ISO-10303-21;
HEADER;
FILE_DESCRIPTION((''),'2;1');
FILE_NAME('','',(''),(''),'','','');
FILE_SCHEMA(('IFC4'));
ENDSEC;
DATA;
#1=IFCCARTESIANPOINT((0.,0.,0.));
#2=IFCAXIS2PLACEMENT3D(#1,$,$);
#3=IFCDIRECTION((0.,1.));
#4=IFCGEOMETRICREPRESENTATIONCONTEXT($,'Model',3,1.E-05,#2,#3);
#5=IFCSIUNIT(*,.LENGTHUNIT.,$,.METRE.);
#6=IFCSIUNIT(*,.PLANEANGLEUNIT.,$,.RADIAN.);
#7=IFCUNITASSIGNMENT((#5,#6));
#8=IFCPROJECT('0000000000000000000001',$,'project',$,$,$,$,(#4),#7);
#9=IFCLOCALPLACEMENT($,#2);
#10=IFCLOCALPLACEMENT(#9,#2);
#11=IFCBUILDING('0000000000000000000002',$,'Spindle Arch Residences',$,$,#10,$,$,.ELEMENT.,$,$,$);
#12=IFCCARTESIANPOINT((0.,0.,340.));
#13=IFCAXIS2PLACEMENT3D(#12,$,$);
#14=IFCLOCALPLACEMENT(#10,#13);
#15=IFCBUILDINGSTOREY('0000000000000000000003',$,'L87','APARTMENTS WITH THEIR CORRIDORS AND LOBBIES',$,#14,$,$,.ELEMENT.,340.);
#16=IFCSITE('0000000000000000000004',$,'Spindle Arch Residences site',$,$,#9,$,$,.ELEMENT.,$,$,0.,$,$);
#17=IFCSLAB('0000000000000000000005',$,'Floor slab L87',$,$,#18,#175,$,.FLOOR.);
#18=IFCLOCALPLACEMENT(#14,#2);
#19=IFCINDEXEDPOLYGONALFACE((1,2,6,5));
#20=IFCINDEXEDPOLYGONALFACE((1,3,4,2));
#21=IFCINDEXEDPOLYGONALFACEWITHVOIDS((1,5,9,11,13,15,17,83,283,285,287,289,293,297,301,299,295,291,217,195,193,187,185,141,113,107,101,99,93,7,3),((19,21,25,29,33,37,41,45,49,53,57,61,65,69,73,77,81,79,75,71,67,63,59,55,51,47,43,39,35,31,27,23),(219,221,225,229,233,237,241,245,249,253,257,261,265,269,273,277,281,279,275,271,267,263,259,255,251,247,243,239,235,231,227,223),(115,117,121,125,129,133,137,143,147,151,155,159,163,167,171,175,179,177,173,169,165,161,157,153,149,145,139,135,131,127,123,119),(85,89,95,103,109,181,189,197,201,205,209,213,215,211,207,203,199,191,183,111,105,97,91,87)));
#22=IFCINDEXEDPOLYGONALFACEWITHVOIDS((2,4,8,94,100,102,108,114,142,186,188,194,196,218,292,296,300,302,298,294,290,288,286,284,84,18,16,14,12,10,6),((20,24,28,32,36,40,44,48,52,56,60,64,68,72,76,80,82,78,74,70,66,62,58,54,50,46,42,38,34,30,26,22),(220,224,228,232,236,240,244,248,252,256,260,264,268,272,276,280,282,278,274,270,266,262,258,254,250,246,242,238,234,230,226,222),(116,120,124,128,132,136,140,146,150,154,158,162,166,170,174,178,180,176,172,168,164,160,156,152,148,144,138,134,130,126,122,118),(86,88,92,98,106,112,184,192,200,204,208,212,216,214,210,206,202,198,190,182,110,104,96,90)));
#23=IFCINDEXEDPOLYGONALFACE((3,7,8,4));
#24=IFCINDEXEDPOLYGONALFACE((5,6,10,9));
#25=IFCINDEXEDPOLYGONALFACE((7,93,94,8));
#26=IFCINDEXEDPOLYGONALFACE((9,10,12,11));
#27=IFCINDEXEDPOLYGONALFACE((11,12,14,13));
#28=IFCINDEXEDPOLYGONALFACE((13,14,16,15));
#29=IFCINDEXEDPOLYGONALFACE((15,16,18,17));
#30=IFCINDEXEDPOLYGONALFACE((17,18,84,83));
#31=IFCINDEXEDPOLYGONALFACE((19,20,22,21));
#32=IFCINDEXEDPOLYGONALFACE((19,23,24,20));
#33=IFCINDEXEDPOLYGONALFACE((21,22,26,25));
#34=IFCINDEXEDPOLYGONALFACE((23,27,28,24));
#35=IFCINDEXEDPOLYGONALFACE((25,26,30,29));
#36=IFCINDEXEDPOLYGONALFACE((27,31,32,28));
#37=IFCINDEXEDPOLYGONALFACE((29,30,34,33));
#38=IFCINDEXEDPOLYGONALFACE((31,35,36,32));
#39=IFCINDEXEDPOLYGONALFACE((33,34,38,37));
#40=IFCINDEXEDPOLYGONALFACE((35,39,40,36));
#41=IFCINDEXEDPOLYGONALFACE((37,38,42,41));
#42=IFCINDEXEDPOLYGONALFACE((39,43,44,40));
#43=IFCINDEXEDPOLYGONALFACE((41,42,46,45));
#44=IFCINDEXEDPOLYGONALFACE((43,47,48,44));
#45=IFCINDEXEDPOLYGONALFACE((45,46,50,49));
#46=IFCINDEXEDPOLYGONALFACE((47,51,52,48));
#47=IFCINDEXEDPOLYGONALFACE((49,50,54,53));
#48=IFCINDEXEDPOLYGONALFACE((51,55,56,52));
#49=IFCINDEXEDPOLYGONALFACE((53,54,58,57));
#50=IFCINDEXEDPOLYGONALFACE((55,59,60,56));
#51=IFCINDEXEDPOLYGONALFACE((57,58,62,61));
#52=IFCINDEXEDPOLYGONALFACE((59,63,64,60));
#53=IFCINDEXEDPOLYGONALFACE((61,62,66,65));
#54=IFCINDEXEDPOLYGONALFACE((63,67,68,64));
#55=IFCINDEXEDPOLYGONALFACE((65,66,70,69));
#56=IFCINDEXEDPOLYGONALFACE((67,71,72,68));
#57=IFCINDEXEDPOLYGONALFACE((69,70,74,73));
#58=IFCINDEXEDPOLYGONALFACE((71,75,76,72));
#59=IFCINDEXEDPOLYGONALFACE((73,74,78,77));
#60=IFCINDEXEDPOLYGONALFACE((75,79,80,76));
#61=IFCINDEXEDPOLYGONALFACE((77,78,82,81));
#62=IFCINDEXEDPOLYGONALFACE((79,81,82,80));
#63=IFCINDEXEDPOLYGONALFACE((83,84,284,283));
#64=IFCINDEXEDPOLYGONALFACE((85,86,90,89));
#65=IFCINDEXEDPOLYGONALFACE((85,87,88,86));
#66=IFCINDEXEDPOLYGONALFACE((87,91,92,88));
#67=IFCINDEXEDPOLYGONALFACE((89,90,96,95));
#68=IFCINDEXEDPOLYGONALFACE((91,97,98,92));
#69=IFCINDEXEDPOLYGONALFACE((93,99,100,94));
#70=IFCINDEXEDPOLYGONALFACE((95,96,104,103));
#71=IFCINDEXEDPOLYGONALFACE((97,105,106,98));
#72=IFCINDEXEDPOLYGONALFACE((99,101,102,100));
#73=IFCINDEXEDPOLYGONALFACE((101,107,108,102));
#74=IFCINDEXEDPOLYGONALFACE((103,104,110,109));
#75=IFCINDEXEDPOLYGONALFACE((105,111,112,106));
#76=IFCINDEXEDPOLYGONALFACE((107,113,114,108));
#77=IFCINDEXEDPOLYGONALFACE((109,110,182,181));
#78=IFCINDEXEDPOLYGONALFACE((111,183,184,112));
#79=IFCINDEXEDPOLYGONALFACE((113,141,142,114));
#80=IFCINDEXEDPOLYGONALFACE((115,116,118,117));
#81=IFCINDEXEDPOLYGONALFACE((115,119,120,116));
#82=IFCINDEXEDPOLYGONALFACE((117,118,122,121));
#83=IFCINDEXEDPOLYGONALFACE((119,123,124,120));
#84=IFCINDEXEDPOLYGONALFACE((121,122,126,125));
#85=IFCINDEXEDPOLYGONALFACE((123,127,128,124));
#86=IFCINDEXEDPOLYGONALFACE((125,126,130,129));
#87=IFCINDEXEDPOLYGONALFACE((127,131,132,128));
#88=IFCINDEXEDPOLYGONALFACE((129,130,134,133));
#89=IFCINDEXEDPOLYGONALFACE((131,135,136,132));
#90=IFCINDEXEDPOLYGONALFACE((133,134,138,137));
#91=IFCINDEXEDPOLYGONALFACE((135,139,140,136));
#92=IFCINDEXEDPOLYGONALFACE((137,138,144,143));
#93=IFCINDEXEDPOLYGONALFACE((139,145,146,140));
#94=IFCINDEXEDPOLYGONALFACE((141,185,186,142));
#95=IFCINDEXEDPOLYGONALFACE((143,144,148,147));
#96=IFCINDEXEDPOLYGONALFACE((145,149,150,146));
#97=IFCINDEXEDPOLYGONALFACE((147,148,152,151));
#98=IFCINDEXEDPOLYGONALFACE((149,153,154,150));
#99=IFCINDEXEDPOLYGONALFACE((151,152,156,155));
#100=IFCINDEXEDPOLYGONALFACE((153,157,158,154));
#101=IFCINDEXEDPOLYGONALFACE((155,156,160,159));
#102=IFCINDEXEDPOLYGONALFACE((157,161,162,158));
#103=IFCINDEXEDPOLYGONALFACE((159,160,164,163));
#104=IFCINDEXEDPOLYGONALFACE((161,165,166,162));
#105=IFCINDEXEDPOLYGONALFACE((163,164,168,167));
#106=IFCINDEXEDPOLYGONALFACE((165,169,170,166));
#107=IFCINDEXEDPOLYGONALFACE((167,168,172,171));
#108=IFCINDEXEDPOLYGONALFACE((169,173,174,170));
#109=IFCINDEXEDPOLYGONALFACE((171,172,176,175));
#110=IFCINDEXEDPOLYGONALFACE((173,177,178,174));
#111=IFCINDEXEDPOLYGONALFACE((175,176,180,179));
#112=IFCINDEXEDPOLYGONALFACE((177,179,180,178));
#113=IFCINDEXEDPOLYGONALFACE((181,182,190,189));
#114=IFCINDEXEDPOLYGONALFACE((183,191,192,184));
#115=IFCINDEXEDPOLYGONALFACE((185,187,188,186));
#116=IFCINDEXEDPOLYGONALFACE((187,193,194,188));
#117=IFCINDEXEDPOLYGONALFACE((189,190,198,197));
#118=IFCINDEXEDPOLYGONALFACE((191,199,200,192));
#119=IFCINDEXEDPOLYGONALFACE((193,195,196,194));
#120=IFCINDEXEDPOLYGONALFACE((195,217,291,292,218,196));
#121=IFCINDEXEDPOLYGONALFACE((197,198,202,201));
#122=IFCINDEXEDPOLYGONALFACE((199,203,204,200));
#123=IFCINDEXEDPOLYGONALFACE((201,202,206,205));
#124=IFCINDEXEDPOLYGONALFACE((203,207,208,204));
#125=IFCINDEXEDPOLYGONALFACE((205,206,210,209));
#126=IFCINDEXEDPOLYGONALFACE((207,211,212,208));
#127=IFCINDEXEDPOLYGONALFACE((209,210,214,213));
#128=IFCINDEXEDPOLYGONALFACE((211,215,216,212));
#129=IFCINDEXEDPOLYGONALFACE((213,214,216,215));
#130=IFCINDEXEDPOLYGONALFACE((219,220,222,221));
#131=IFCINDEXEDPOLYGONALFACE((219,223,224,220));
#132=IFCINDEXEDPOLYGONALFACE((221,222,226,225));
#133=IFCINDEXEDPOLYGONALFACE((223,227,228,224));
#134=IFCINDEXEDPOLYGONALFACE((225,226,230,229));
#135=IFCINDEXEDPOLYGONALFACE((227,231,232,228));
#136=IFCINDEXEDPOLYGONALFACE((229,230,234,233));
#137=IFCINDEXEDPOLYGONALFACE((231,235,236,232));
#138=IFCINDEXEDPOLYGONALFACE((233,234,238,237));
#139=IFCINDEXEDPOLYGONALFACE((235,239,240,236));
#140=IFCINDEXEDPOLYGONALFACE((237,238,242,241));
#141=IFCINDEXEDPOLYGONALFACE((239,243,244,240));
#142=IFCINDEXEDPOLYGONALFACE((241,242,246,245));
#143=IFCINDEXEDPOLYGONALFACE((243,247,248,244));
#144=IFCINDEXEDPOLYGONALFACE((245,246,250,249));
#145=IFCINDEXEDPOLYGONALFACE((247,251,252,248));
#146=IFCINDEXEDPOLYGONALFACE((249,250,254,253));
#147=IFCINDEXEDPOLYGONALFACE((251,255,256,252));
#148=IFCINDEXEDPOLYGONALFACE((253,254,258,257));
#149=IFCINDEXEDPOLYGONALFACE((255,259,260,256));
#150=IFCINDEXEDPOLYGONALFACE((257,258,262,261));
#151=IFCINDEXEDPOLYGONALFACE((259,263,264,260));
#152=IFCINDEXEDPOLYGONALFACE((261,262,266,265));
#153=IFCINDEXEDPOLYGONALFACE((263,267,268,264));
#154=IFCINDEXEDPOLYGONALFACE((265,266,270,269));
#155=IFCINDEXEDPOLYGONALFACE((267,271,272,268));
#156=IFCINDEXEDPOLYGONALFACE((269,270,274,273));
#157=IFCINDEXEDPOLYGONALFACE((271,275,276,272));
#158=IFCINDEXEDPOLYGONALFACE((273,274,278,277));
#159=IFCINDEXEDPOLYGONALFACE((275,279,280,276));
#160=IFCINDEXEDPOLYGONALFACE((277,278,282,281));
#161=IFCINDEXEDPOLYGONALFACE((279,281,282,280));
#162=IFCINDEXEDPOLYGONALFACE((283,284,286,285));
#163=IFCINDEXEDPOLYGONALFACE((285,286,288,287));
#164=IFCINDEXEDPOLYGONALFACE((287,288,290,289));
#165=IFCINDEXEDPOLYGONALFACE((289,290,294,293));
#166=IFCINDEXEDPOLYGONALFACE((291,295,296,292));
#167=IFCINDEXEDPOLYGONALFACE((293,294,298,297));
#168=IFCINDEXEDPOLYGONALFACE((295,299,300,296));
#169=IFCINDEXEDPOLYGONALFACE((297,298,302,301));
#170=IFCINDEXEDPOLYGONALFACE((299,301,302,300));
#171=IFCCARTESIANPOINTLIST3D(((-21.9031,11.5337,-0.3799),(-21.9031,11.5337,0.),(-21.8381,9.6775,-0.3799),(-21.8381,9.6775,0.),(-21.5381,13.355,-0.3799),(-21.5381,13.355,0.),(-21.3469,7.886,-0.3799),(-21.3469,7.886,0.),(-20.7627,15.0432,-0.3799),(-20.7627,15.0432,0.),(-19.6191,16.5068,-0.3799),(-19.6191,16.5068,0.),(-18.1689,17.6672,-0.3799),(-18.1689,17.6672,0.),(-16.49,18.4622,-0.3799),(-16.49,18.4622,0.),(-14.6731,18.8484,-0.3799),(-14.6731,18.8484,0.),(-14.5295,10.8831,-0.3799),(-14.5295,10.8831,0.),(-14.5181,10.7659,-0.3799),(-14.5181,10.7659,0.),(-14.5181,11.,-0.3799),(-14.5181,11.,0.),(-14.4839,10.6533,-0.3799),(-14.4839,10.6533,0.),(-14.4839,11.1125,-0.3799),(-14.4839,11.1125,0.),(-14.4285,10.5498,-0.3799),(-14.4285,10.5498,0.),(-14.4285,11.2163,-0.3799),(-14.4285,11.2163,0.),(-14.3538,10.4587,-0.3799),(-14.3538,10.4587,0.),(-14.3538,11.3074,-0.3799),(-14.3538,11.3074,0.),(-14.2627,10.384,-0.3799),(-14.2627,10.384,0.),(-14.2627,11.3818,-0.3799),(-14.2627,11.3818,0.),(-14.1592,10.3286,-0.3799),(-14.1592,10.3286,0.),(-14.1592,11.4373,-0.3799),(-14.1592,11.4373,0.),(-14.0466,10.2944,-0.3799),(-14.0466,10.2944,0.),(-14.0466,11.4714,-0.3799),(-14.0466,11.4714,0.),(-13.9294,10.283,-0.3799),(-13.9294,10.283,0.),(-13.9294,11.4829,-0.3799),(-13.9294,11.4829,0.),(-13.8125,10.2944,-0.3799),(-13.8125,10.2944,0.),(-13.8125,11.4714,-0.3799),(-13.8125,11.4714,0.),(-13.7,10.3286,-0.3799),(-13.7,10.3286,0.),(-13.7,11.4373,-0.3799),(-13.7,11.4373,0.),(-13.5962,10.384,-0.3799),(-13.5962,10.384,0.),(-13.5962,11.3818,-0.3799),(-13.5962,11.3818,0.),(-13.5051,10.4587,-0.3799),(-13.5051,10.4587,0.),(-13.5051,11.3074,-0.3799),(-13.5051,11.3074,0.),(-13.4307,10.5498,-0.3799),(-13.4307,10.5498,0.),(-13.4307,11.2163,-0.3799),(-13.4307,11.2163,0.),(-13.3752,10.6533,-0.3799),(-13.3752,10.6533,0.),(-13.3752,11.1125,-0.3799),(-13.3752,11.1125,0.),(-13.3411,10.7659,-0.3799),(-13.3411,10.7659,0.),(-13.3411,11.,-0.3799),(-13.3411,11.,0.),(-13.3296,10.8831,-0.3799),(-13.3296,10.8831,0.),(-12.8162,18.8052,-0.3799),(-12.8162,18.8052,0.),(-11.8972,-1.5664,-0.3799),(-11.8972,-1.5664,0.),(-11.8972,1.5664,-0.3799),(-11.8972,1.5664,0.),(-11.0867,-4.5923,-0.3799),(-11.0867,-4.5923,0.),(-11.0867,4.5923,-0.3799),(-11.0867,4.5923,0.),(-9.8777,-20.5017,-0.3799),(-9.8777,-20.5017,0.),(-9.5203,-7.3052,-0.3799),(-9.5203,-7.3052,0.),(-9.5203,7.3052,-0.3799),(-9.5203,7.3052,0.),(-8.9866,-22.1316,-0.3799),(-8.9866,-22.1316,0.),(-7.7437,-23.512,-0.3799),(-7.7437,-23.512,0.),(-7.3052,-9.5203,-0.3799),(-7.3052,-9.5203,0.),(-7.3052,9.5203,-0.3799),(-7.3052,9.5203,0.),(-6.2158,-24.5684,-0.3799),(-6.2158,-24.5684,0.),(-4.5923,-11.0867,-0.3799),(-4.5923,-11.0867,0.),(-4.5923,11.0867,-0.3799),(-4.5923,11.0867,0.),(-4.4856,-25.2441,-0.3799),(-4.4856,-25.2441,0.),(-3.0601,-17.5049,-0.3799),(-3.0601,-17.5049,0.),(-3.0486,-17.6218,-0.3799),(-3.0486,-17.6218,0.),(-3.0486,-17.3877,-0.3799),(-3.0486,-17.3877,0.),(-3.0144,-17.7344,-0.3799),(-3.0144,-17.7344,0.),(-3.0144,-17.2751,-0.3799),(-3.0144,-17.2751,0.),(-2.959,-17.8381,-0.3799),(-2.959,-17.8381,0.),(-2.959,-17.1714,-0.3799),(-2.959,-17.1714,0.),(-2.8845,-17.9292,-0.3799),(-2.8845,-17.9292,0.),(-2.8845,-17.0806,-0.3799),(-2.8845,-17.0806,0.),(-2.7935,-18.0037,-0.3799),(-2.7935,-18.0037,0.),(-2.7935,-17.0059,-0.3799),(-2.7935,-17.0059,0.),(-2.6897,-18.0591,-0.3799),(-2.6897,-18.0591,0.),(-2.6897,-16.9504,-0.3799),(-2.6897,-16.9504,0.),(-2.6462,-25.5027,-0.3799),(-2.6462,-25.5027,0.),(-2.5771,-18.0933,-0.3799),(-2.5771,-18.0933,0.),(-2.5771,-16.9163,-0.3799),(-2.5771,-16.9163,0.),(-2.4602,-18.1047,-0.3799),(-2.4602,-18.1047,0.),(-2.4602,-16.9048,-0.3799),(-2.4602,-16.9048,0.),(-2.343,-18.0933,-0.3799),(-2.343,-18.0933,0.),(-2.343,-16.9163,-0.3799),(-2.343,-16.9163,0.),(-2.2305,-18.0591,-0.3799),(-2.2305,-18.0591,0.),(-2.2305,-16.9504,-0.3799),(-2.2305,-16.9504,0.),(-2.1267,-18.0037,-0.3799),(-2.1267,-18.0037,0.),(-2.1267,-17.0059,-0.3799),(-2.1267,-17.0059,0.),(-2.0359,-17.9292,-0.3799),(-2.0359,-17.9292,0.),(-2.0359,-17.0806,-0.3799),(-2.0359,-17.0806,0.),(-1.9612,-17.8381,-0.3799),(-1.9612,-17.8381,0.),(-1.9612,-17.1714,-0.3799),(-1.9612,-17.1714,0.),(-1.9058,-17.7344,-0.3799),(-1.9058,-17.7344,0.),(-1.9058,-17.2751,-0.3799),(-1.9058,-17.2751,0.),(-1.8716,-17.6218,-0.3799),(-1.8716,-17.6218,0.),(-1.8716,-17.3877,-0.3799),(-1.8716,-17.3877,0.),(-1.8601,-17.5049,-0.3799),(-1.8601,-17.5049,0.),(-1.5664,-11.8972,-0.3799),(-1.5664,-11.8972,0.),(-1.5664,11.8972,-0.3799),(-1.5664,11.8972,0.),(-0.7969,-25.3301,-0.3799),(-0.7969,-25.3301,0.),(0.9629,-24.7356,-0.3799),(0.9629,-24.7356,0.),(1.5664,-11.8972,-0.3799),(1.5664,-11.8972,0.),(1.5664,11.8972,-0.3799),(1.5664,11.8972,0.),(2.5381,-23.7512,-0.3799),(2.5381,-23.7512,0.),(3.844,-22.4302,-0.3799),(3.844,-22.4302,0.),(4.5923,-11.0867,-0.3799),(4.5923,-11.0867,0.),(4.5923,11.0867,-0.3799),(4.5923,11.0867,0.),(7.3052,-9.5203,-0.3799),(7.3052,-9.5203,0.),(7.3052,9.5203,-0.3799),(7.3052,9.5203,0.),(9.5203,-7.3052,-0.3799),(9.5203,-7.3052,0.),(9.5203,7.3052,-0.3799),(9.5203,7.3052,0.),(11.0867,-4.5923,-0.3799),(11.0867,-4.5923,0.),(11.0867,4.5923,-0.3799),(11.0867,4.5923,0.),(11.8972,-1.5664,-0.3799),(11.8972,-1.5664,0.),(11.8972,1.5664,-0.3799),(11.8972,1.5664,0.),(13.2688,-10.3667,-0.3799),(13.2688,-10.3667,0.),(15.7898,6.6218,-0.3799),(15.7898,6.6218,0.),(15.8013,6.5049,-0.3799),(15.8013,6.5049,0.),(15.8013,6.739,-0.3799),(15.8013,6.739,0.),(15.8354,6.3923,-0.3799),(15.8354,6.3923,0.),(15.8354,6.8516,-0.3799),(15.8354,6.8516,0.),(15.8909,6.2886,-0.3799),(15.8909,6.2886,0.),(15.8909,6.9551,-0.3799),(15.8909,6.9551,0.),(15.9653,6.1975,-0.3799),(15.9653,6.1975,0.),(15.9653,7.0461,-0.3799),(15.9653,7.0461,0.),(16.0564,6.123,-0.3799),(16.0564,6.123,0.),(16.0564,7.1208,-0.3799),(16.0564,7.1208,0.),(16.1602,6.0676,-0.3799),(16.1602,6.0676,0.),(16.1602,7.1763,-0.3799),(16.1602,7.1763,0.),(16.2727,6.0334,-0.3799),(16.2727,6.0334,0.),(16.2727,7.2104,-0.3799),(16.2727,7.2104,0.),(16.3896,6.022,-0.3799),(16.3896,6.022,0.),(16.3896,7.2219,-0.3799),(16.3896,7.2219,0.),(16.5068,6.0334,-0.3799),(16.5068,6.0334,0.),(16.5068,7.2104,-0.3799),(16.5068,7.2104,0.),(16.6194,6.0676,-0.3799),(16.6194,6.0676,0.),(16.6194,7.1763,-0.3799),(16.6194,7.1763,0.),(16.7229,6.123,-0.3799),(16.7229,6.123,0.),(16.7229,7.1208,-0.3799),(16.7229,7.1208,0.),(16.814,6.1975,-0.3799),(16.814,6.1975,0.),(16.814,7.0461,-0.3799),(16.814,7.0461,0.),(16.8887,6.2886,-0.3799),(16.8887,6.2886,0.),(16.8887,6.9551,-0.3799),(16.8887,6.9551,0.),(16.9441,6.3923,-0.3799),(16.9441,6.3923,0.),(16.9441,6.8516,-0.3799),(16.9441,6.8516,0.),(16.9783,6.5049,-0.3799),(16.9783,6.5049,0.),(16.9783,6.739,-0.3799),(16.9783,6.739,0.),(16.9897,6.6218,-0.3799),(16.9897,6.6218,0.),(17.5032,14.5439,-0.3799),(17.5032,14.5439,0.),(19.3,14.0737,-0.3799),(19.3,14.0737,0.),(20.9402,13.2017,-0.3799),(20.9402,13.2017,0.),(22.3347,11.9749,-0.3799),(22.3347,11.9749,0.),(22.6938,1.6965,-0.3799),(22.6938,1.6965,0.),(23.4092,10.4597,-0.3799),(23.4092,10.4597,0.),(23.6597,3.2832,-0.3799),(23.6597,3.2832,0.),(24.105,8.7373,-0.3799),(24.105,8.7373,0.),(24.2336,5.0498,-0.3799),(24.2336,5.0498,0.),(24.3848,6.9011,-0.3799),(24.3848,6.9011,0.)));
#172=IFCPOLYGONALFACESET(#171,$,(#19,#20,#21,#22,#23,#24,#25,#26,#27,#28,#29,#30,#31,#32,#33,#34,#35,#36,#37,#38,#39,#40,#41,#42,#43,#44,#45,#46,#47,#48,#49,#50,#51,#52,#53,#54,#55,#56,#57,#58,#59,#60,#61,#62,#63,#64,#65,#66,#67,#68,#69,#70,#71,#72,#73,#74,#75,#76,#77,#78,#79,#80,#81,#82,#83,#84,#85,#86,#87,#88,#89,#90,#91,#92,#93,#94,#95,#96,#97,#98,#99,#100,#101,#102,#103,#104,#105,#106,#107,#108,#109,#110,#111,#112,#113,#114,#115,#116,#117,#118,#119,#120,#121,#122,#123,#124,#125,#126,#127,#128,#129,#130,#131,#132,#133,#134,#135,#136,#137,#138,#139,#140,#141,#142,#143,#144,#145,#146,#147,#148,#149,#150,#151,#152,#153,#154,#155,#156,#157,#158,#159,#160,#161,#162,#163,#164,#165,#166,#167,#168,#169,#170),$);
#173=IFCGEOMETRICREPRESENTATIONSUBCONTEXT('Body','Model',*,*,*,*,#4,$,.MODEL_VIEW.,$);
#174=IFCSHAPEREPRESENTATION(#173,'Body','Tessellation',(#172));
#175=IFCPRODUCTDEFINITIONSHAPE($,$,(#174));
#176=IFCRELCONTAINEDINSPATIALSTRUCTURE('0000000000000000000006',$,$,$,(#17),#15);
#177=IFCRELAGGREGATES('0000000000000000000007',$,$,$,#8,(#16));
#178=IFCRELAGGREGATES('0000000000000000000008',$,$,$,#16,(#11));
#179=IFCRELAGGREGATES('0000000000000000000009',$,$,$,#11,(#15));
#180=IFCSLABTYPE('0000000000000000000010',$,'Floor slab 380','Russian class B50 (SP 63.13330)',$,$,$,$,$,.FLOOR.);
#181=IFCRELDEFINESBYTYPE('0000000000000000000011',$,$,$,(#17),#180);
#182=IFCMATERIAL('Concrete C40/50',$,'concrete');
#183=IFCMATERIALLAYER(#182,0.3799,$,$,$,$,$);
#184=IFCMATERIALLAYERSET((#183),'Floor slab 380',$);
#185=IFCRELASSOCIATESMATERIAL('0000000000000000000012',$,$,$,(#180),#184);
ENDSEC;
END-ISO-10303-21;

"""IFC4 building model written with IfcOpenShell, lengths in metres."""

from ifc_helpers import new_model, si_unit, direction, frame, origin, place, context, subcontext, project, spatial, polyline, outline, extrude, material, layer, layer_set, type_object, element, save


model = new_model("IFC4")

# Units and contexts
model_context = context("Model", 3, precision=1e-05, world=origin(), true_north=direction((0.0, 1.0)))
body_context = subcontext(model_context, "Body", "Model", "MODEL_VIEW")
ifc_project = project(units=[si_unit("LENGTHUNIT", "METRE"), si_unit("PLANEANGLEUNIT", "RADIAN")], contexts=[model_context])

# Site, building, storey
site_placement = place(None, origin())
site = spatial("IfcSite", under=ifc_project, at=site_placement, Name="Spindle Arch Residences site", CompositionType="ELEMENT", RefElevation=0.0)
building_placement = place(site_placement, origin())
building = spatial("IfcBuilding", under=site, at=building_placement, Name="Spindle Arch Residences", CompositionType="ELEMENT")
storey_placement = place(building_placement, frame((0.0, 0.0, 340.0)))
storey = spatial("IfcBuildingStorey", under=building, at=storey_placement, Name="L87", Description="APARTMENTS WITH THEIR CORRIDORS AND LOBBIES", CompositionType="ELEMENT", Elevation=340.0)

# Slab
ifc_material_1 = material(Name="Concrete C40/50", Category="concrete")
ifc_layer_1 = layer(ifc_material_1, 0.3799)
ifc_layer_set_1 = layer_set([ifc_layer_1], Name="Floor slab 380")
slab_type_1 = type_object("IfcSlabType", Name="Floor slab 380", Description="Russian class B50 (SP 63.13330)", PredefinedType="FLOOR", material=ifc_layer_set_1)
slab_1_placement = place(storey_placement, frame((0.0, 0.0, -0.3799)))
element("IfcSlab", 1, at=slab_1_placement, inside=storey, type_object=slab_type_1, Name="Floor slab L87", PredefinedType="FLOOR", context=body_context, shape_type="SweptSolid", body=[
    extrude(outline(polyline([(2.5381, -23.7512), (0.9629, -24.7356), (-0.7969, -25.3301), (-2.6462, -25.5027), (-4.4856, -25.2441), (-6.2158, -24.5684), (-7.7437, -23.512), (-8.9866, -22.1316), (-9.8777, -20.5017), (-21.3469, 7.886), (-21.8381, 9.6775), (-21.9031, 11.5337), (-21.5381, 13.355), (-20.7627, 15.0432), (-19.6191, 16.5068), (-18.1689, 17.6672), (-16.49, 18.4622), (-14.6731, 18.8484), (-12.8162, 18.8052), (17.5032, 14.5439), (19.3, 14.0737), (20.9402, 13.2017), (22.3347, 11.9749), (23.4092, 10.4597), (24.105, 8.7373), (24.3848, 6.9011), (24.2336, 5.0498), (23.6597, 3.2832), (22.6938, 1.6965), (13.2688, -10.3667), (3.844, -22.4302), (2.5381, -23.7512)]), holes=[polyline([(7.3052, -9.5203), (9.5203, -7.3052), (11.0867, -4.5923), (11.8972, -1.5664), (11.8972, 1.5664), (11.0867, 4.5923), (9.5203, 7.3052), (7.3052, 9.5203), (4.5923, 11.0867), (1.5664, 11.8972), (-1.5664, 11.8972), (-4.5923, 11.0867), (-7.3052, 9.5203), (-9.5203, 7.3052), (-11.0867, 4.5923), (-11.8972, 1.5664), (-11.8972, -1.5664), (-11.0867, -4.5923), (-9.5203, -7.3052), (-7.3052, -9.5203), (-4.5923, -11.0867), (-1.5664, -11.8972), (1.5664, -11.8972), (4.5923, -11.0867), (7.3052, -9.5203)]), polyline([(-1.9612, -17.8381), (-1.9058, -17.7344), (-1.8716, -17.6218), (-1.8601, -17.5049), (-1.8716, -17.3877), (-1.9058, -17.2751), (-1.9612, -17.1714), (-2.0359, -17.0806), (-2.1267, -17.0059), (-2.2305, -16.9504), (-2.343, -16.9163), (-2.4602, -16.9048), (-2.5771, -16.9163), (-2.6897, -16.9504), (-2.7935, -17.0059), (-2.8845, -17.0806), (-2.959, -17.1714), (-3.0144, -17.2751), (-3.0486, -17.3877), (-3.0601, -17.5049), (-3.0486, -17.6218), (-3.0144, -17.7344), (-2.959, -17.8381), (-2.8845, -17.9292), (-2.7935, -18.0037), (-2.6897, -18.0591), (-2.5771, -18.0933), (-2.4602, -18.1047), (-2.343, -18.0933), (-2.2305, -18.0591), (-2.1267, -18.0037), (-2.0359, -17.9292), (-1.9612, -17.8381)]), polyline([(-13.5051, 10.4587), (-13.4307, 10.5498), (-13.3752, 10.6533), (-13.3411, 10.7659), (-13.3296, 10.8831), (-13.3411, 11.0), (-13.3752, 11.1125), (-13.4307, 11.2163), (-13.5051, 11.3074), (-13.5962, 11.3818), (-13.7, 11.4373), (-13.8125, 11.4714), (-13.9294, 11.4829), (-14.0466, 11.4714), (-14.1592, 11.4373), (-14.2627, 11.3818), (-14.3538, 11.3074), (-14.4285, 11.2163), (-14.4839, 11.1125), (-14.5181, 11.0), (-14.5295, 10.8831), (-14.5181, 10.7659), (-14.4839, 10.6533), (-14.4285, 10.5498), (-14.3538, 10.4587), (-14.2627, 10.384), (-14.1592, 10.3286), (-14.0466, 10.2944), (-13.9294, 10.283), (-13.8125, 10.2944), (-13.7, 10.3286), (-13.5962, 10.384), (-13.5051, 10.4587)]), polyline([(16.814, 6.1975), (16.8887, 6.2886), (16.9441, 6.3923), (16.9783, 6.5049), (16.9897, 6.6218), (16.9783, 6.739), (16.9441, 6.8516), (16.8887, 6.9551), (16.814, 7.0461), (16.7229, 7.1208), (16.6194, 7.1763), (16.5068, 7.2104), (16.3896, 7.2219), (16.2727, 7.2104), (16.1602, 7.1763), (16.0564, 7.1208), (15.9653, 7.0461), (15.8909, 6.9551), (15.8354, 6.8516), (15.8013, 6.739), (15.7898, 6.6218), (15.8013, 6.5049), (15.8354, 6.3923), (15.8909, 6.2886), (15.9653, 6.1975), (16.0564, 6.123), (16.1602, 6.0676), (16.2727, 6.0334), (16.3896, 6.022), (16.5068, 6.0334), (16.6194, 6.0676), (16.7229, 6.123), (16.814, 6.1975)])]), origin(), (0.0, 0.0, 1.0), 0.3799),
])

save(model, "model.ifc")
